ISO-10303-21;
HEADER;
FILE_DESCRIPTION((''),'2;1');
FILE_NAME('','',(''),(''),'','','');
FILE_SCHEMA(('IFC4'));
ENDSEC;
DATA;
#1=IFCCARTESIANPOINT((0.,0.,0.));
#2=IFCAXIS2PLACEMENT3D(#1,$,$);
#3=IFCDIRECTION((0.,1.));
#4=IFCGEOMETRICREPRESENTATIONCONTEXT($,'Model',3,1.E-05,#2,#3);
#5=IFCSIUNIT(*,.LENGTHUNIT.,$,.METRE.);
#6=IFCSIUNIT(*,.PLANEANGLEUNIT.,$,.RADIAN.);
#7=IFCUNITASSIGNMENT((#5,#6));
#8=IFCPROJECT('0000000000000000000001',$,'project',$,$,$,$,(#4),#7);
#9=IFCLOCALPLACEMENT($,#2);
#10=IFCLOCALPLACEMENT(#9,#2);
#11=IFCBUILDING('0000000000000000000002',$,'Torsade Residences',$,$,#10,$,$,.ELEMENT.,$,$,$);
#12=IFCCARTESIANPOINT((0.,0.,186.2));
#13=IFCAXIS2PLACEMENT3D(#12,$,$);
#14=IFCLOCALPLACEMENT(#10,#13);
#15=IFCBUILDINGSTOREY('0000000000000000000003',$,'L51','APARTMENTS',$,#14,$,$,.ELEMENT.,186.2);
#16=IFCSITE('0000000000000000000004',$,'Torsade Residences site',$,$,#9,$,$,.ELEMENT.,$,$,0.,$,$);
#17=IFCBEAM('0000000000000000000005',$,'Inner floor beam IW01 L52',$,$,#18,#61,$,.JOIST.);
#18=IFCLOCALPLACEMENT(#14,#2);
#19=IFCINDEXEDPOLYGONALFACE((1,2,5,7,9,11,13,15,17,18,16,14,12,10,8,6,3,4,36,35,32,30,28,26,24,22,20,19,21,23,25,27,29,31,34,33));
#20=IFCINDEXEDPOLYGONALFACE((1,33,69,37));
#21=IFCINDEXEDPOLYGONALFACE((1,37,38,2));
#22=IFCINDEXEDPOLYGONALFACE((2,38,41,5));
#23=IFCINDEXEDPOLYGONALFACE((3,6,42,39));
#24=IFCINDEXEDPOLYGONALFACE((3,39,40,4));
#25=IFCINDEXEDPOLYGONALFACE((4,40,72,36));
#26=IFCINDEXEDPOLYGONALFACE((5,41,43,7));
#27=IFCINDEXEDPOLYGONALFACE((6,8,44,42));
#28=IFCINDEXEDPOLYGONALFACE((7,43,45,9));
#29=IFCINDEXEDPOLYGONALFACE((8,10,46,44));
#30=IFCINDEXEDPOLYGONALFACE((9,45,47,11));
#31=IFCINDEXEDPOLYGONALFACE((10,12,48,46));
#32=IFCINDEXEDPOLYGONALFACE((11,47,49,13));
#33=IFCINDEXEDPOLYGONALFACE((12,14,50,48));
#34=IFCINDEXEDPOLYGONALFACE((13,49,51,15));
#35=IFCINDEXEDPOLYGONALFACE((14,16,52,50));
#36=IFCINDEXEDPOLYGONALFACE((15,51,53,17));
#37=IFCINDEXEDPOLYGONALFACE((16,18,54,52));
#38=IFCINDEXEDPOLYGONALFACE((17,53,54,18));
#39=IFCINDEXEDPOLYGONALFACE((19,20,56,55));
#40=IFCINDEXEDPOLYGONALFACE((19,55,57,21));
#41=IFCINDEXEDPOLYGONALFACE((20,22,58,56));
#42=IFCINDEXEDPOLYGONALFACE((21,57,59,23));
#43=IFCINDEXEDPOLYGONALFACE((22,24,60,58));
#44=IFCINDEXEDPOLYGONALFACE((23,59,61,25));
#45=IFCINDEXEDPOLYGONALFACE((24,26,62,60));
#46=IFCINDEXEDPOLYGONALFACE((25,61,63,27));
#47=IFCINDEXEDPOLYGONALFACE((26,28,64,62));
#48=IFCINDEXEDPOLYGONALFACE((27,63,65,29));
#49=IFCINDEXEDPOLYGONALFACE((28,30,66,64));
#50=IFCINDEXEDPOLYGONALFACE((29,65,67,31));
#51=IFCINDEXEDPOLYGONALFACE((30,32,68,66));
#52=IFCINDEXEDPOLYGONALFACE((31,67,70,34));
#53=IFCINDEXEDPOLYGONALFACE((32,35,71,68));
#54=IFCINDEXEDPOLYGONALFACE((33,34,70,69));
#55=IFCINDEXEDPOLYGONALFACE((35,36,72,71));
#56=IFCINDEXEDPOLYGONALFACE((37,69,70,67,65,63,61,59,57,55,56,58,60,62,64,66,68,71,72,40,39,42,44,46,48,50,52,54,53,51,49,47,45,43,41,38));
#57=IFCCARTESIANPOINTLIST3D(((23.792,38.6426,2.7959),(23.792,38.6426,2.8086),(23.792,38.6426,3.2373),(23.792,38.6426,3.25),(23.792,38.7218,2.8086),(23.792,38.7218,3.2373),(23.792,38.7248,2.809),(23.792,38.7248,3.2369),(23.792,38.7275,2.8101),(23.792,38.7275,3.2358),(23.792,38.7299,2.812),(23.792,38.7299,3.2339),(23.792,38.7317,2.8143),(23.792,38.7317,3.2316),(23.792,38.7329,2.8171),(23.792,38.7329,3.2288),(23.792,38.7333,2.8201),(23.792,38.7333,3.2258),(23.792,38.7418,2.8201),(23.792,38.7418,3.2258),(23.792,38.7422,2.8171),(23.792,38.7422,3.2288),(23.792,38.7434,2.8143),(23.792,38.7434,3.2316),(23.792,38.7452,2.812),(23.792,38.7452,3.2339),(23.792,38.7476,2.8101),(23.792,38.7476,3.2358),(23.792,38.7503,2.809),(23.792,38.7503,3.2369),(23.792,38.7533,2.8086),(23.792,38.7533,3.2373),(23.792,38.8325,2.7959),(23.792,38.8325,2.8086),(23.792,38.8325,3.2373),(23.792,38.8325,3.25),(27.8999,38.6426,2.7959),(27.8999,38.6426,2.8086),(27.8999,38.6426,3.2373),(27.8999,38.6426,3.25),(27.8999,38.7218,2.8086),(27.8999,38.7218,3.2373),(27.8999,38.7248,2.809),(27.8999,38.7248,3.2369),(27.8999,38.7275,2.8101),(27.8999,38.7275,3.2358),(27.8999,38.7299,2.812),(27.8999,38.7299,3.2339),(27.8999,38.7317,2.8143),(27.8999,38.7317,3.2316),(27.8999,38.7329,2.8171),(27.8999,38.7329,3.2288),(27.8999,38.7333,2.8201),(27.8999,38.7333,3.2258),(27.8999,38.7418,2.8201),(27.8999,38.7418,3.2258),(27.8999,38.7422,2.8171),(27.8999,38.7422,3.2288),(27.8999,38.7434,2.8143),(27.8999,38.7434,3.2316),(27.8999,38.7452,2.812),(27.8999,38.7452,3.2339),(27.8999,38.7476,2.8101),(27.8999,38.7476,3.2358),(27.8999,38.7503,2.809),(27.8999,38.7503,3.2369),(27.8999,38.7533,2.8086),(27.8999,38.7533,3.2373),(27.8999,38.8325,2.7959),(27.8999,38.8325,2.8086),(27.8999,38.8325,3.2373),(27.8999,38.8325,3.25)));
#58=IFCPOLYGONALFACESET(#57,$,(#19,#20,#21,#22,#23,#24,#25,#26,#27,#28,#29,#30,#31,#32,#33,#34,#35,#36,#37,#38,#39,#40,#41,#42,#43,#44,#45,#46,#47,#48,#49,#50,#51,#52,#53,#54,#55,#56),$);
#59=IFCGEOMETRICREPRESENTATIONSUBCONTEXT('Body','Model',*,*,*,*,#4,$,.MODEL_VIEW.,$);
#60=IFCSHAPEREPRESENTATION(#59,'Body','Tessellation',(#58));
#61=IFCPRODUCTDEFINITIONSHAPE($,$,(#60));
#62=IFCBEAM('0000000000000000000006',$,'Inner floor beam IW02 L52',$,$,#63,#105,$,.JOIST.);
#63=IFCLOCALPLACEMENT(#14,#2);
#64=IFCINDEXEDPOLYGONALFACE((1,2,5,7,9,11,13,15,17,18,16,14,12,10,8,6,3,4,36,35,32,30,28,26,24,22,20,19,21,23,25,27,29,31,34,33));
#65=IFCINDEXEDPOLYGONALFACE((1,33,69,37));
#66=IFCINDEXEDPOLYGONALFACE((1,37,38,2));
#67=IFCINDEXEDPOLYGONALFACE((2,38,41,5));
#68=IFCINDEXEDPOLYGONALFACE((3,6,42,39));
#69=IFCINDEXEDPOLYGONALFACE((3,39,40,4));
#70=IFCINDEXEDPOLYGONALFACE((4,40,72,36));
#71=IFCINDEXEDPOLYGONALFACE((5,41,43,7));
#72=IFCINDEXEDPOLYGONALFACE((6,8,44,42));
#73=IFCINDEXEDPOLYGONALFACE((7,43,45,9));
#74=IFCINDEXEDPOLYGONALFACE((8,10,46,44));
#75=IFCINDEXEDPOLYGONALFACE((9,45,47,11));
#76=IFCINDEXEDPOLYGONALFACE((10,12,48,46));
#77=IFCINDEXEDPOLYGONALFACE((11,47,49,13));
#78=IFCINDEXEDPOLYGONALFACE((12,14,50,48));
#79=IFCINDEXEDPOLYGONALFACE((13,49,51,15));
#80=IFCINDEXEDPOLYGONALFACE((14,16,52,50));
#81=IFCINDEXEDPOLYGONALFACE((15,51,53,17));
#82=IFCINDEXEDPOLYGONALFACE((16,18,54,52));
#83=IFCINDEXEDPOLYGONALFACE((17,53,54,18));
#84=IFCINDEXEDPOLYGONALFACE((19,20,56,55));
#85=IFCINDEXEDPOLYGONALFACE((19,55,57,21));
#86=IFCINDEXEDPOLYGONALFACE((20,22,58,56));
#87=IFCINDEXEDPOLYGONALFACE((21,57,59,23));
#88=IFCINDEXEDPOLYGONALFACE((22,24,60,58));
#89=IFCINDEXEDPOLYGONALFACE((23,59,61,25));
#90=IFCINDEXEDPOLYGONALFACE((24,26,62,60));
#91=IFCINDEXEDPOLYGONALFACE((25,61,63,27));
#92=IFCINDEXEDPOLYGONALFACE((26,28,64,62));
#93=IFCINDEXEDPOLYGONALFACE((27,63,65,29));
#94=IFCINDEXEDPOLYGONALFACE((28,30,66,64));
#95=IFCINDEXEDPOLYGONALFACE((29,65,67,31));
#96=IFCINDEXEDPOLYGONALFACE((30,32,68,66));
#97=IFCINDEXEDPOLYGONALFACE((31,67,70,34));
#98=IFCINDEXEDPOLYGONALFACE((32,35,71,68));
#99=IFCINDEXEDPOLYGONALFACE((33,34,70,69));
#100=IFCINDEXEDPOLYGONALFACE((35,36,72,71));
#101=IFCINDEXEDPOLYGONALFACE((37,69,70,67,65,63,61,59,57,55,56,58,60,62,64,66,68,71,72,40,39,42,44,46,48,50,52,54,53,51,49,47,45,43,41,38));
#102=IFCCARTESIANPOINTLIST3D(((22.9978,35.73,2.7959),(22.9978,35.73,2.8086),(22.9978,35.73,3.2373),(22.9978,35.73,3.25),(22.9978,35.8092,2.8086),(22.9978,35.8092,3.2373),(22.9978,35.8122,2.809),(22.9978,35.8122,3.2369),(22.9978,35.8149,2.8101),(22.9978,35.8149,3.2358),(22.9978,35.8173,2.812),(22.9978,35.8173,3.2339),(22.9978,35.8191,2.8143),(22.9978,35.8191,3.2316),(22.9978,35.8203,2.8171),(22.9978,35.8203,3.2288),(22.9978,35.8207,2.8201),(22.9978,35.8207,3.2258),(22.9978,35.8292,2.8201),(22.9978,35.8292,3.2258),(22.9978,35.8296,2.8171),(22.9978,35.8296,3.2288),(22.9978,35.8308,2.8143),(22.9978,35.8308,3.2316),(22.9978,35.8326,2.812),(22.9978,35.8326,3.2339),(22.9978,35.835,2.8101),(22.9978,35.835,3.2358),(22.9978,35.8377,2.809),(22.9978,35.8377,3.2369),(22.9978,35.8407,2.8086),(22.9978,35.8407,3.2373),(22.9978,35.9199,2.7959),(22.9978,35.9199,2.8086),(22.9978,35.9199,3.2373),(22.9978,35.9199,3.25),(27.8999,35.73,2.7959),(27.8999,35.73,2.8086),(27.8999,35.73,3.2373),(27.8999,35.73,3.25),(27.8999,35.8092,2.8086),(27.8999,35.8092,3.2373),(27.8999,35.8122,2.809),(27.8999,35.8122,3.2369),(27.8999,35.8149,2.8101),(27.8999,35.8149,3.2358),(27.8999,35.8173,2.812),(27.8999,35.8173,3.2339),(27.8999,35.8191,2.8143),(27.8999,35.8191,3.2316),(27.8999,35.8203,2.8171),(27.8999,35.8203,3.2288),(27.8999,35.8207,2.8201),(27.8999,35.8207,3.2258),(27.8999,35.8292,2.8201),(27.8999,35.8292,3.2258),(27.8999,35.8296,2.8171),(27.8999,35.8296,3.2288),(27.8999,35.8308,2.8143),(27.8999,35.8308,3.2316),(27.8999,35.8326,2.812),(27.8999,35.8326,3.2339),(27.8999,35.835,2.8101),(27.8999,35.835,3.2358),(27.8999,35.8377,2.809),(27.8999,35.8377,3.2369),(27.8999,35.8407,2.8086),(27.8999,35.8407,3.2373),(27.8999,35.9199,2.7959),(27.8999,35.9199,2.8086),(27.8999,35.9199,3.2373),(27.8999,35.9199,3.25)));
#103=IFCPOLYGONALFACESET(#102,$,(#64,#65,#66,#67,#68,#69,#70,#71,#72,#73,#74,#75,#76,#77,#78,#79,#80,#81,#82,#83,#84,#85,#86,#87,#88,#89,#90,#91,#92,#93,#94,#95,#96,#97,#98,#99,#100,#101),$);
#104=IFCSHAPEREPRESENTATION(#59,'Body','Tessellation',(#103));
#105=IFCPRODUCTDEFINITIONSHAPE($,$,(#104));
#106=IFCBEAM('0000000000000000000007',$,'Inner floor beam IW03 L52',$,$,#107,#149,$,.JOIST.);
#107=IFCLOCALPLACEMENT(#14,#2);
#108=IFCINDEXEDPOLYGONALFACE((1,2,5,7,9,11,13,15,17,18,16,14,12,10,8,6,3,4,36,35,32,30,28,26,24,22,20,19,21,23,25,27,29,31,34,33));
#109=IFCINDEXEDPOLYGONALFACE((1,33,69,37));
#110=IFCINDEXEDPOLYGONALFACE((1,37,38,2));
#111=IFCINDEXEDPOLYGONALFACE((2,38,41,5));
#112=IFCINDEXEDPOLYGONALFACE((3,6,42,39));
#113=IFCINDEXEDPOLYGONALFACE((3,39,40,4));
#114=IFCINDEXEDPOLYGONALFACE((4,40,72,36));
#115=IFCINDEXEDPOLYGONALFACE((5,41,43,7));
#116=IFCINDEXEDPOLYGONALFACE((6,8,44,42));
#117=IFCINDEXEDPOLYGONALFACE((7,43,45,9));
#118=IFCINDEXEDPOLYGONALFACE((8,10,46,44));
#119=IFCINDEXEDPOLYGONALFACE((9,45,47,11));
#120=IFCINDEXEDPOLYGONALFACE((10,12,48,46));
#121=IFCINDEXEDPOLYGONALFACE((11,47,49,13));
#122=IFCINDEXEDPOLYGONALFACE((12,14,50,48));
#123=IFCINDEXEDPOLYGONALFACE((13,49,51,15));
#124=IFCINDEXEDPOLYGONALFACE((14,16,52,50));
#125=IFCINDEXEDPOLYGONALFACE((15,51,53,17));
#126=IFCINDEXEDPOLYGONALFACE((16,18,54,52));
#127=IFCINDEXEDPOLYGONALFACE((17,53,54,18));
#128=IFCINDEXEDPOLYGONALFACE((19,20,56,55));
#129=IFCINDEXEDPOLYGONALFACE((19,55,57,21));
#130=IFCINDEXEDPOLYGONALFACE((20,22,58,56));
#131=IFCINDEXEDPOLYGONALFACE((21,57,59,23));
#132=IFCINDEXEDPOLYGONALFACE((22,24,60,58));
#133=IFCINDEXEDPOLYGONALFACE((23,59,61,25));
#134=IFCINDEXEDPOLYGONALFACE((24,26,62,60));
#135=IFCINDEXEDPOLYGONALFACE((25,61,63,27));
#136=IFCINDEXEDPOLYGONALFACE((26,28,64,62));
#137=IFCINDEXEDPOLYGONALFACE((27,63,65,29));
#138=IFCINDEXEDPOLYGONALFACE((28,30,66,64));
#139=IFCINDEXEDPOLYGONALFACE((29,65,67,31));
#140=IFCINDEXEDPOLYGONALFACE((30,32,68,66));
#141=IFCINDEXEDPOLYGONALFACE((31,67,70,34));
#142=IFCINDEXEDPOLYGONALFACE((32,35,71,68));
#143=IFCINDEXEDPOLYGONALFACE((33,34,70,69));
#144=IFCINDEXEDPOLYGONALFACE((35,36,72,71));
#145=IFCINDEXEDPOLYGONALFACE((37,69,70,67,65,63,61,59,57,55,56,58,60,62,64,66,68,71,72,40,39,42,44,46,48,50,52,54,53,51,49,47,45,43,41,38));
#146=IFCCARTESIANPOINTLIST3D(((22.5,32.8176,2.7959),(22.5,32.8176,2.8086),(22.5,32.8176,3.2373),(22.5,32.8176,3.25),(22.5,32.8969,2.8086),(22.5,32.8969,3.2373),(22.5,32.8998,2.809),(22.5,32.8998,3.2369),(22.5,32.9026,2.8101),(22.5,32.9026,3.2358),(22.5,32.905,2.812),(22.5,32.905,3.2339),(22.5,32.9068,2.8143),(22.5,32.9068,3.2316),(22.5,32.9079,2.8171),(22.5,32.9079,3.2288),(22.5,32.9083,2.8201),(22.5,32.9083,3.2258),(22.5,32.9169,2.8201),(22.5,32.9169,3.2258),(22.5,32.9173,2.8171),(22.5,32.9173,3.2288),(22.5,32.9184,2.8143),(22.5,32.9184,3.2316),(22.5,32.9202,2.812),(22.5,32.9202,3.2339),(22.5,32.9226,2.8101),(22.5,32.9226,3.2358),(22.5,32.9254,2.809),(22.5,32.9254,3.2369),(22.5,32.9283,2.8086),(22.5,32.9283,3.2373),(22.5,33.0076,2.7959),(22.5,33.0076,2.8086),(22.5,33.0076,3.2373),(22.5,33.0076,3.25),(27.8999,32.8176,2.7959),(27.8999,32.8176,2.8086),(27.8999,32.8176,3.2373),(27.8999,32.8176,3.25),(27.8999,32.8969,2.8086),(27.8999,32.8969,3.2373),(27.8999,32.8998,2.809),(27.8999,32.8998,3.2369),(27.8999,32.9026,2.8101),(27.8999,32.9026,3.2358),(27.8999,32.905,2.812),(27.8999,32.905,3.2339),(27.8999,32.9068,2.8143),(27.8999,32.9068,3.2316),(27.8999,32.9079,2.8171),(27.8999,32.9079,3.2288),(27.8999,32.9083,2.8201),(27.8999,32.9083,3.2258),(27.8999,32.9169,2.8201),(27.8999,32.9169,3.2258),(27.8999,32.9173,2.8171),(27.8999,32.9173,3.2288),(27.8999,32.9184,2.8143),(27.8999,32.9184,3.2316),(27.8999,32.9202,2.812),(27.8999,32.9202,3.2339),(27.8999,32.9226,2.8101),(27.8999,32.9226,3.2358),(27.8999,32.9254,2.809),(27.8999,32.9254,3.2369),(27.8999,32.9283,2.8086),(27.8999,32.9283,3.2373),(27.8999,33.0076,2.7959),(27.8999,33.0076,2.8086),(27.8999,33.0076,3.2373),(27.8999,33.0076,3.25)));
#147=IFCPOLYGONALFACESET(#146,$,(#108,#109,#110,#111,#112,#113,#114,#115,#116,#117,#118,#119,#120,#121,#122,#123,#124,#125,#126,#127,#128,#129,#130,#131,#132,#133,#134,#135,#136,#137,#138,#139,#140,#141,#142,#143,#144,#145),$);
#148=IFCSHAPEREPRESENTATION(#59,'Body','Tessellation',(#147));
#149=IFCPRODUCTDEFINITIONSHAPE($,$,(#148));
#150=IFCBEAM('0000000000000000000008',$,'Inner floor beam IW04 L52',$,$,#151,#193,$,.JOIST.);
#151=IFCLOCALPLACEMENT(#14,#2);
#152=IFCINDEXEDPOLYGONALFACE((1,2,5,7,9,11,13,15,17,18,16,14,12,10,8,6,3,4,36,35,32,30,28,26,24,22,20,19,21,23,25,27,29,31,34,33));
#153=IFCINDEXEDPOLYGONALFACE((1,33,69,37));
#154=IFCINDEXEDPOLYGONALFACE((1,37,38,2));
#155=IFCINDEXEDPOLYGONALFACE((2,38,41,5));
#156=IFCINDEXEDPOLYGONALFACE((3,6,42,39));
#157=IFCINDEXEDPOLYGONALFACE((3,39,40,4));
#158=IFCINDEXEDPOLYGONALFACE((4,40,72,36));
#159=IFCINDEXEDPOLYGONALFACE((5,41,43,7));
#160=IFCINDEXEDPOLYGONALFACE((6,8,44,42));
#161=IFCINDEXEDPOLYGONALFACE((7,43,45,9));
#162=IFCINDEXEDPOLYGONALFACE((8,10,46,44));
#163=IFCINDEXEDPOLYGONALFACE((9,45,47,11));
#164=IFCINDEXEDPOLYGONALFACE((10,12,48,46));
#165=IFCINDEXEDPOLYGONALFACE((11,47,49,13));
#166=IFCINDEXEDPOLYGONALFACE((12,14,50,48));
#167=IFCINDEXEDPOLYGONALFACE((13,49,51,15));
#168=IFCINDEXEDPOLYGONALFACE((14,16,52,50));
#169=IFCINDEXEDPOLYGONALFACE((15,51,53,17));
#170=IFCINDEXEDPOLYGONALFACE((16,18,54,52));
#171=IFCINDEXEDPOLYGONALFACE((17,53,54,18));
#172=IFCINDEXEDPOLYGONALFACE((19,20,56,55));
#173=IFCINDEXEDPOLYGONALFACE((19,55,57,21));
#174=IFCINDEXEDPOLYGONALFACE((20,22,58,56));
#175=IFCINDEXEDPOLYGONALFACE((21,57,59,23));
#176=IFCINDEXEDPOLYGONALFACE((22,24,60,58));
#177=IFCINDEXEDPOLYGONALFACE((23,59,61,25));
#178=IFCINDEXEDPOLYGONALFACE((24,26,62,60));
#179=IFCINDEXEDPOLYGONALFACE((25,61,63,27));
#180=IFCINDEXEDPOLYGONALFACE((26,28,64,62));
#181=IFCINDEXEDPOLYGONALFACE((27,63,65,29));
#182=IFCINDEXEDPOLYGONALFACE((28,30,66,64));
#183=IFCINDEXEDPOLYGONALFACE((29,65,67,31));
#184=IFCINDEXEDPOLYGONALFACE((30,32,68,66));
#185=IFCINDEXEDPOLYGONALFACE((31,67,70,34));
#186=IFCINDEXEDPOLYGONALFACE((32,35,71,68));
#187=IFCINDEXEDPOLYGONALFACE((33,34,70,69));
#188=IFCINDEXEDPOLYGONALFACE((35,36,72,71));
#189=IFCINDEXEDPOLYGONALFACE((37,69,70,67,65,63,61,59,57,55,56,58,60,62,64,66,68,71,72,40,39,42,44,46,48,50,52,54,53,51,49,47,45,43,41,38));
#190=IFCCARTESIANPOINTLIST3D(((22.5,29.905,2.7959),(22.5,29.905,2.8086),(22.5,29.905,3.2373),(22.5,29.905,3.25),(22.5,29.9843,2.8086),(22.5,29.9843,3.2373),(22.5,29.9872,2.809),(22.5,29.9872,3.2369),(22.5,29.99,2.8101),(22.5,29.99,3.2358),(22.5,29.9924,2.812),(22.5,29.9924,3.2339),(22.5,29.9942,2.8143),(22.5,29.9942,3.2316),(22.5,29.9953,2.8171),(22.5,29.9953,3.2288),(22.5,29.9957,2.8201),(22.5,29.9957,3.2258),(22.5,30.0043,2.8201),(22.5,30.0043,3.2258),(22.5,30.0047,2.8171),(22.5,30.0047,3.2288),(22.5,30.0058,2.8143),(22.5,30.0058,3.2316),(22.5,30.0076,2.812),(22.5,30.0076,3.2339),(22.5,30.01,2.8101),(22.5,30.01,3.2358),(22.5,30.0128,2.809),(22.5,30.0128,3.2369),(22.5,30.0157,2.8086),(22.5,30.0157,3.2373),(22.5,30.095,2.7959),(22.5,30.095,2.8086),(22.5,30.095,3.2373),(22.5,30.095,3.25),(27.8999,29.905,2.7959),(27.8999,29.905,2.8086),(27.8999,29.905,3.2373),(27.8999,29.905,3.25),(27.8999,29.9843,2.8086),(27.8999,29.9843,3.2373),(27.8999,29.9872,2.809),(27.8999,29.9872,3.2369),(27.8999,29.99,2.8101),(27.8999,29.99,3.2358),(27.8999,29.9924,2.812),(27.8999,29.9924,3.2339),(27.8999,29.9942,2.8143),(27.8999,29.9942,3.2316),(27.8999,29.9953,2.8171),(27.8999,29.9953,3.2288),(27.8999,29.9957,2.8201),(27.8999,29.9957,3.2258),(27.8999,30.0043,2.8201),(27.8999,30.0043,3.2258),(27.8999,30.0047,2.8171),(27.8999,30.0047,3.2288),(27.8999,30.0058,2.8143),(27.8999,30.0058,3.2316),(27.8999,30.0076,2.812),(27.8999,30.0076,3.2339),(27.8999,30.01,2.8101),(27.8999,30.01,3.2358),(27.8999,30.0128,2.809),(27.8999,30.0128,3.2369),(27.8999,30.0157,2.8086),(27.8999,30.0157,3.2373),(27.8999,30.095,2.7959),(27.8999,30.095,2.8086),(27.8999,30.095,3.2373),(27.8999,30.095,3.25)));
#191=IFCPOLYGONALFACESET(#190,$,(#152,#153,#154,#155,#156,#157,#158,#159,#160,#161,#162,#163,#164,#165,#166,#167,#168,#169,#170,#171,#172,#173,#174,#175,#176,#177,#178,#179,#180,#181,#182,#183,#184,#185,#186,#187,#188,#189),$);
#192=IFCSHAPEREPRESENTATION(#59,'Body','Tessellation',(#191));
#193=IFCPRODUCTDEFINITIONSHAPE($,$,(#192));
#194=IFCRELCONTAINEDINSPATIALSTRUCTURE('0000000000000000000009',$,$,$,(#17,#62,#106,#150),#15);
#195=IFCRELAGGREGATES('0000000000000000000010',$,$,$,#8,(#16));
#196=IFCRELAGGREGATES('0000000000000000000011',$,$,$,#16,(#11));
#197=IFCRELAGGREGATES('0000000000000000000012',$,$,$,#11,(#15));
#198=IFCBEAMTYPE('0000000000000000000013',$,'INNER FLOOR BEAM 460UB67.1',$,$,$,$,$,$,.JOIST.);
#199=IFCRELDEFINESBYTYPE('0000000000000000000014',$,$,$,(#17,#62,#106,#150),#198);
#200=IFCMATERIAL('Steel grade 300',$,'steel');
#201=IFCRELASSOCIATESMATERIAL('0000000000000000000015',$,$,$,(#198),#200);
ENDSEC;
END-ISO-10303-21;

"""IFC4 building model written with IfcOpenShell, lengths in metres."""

from ifc_helpers import new_model, si_unit, direction, frame, origin, origin_2d, place, context, subcontext, project, spatial, i_section, extrude, material, material_profile, profile_set, type_object, element, save


model = new_model("IFC4")

# Units and contexts
model_context = context("Model", 3, precision=1e-05, world=origin(), true_north=direction((0.0, 1.0)))
body_context = subcontext(model_context, "Body", "Model", "MODEL_VIEW")
ifc_project = project(units=[si_unit("LENGTHUNIT", "METRE"), si_unit("PLANEANGLEUNIT", "RADIAN")], contexts=[model_context])

# Site, building, storey
site_placement = place(None, origin())
site = spatial("IfcSite", under=ifc_project, at=site_placement, Name="Torsade Residences site", CompositionType="ELEMENT", RefElevation=0.0)
building_placement = place(site_placement, origin())
building = spatial("IfcBuilding", under=site, at=building_placement, Name="Torsade Residences", CompositionType="ELEMENT")
storey_placement = place(building_placement, frame((0.0, 0.0, 186.2)))
storey = spatial("IfcBuildingStorey", under=building, at=storey_placement, Name="L51", Description="APARTMENTS", CompositionType="ELEMENT", Elevation=186.2)

# Beams
ifc_material_1 = material(Name="Steel grade 300", Category="steel")
ifc_material_profile_1 = material_profile(ifc_material_1, i_section(OverallWidth=0.1899, OverallDepth=0.4541, WebThickness=0.0085, FlangeThickness=0.0127, FilletRadius=0.0115, at=origin_2d()), Name="460UB67.1")
ifc_profile_set_1 = profile_set([ifc_material_profile_1], Name="Steel grade 300")
beam_type = type_object("IfcBeamType", Name="INNER FLOOR BEAM 460UB67.1", PredefinedType="JOIST", material=ifc_profile_set_1)
beam_1_placement = place(storey_placement, frame((27.8999, 38.7375, 3.0229), z_axis=(-1.0, 0.0, 0.0), x_axis=(0.0, -1.0, 0.0)))
element("IfcBeam", 1, at=beam_1_placement, inside=storey, type_object=beam_type, Name="Inner floor beam IW01 L52", PredefinedType="JOIST", context=body_context, shape_type="SweptSolid", body=[
    extrude(i_section(OverallWidth=0.1899, OverallDepth=0.4541, WebThickness=0.0085, FlangeThickness=0.0127, FilletRadius=0.0115, at=origin_2d()), origin(), (0.0, 0.0, 1.0), 4.1079),
])
beam_2_placement = place(storey_placement, frame((27.8999, 35.825, 3.0229), z_axis=(-1.0, 0.0, 0.0), x_axis=(0.0, -1.0, 0.0)))
element("IfcBeam", 2, at=beam_2_placement, inside=storey, type_object=beam_type, Name="Inner floor beam IW02 L52", PredefinedType="JOIST", context=body_context, shape_type="SweptSolid", body=[
    extrude(i_section(OverallWidth=0.1899, OverallDepth=0.4541, WebThickness=0.0085, FlangeThickness=0.0127, FilletRadius=0.0115, at=origin_2d()), origin(), (0.0, 0.0, 1.0), 4.9021),
])
for number, where, z_axis, x_axis, name in (
    (3, (27.8999, 32.9126, 3.0229), (-1.0, 0.0, 0.0), (0.0, -1.0, 0.0), "Inner floor beam IW03 L52"),
    (4, (27.8999, 30.0, 3.0229), (-1.0, 0.0, 0.0), (0.0, -1.0, 0.0), "Inner floor beam IW04 L52"),
):
    element("IfcBeam", number, at=place(storey_placement, frame(where, z_axis=z_axis, x_axis=x_axis)), inside=storey, type_object=beam_type, Name=name, PredefinedType="JOIST", context=body_context, shape_type="SweptSolid", body=[
        extrude(i_section(OverallWidth=0.1899, OverallDepth=0.4541, WebThickness=0.0085, FlangeThickness=0.0127, FilletRadius=0.0115, at=origin_2d()), origin(), (0.0, 0.0, 1.0), 5.3999),
    ])

save(model, "model.ifc")
